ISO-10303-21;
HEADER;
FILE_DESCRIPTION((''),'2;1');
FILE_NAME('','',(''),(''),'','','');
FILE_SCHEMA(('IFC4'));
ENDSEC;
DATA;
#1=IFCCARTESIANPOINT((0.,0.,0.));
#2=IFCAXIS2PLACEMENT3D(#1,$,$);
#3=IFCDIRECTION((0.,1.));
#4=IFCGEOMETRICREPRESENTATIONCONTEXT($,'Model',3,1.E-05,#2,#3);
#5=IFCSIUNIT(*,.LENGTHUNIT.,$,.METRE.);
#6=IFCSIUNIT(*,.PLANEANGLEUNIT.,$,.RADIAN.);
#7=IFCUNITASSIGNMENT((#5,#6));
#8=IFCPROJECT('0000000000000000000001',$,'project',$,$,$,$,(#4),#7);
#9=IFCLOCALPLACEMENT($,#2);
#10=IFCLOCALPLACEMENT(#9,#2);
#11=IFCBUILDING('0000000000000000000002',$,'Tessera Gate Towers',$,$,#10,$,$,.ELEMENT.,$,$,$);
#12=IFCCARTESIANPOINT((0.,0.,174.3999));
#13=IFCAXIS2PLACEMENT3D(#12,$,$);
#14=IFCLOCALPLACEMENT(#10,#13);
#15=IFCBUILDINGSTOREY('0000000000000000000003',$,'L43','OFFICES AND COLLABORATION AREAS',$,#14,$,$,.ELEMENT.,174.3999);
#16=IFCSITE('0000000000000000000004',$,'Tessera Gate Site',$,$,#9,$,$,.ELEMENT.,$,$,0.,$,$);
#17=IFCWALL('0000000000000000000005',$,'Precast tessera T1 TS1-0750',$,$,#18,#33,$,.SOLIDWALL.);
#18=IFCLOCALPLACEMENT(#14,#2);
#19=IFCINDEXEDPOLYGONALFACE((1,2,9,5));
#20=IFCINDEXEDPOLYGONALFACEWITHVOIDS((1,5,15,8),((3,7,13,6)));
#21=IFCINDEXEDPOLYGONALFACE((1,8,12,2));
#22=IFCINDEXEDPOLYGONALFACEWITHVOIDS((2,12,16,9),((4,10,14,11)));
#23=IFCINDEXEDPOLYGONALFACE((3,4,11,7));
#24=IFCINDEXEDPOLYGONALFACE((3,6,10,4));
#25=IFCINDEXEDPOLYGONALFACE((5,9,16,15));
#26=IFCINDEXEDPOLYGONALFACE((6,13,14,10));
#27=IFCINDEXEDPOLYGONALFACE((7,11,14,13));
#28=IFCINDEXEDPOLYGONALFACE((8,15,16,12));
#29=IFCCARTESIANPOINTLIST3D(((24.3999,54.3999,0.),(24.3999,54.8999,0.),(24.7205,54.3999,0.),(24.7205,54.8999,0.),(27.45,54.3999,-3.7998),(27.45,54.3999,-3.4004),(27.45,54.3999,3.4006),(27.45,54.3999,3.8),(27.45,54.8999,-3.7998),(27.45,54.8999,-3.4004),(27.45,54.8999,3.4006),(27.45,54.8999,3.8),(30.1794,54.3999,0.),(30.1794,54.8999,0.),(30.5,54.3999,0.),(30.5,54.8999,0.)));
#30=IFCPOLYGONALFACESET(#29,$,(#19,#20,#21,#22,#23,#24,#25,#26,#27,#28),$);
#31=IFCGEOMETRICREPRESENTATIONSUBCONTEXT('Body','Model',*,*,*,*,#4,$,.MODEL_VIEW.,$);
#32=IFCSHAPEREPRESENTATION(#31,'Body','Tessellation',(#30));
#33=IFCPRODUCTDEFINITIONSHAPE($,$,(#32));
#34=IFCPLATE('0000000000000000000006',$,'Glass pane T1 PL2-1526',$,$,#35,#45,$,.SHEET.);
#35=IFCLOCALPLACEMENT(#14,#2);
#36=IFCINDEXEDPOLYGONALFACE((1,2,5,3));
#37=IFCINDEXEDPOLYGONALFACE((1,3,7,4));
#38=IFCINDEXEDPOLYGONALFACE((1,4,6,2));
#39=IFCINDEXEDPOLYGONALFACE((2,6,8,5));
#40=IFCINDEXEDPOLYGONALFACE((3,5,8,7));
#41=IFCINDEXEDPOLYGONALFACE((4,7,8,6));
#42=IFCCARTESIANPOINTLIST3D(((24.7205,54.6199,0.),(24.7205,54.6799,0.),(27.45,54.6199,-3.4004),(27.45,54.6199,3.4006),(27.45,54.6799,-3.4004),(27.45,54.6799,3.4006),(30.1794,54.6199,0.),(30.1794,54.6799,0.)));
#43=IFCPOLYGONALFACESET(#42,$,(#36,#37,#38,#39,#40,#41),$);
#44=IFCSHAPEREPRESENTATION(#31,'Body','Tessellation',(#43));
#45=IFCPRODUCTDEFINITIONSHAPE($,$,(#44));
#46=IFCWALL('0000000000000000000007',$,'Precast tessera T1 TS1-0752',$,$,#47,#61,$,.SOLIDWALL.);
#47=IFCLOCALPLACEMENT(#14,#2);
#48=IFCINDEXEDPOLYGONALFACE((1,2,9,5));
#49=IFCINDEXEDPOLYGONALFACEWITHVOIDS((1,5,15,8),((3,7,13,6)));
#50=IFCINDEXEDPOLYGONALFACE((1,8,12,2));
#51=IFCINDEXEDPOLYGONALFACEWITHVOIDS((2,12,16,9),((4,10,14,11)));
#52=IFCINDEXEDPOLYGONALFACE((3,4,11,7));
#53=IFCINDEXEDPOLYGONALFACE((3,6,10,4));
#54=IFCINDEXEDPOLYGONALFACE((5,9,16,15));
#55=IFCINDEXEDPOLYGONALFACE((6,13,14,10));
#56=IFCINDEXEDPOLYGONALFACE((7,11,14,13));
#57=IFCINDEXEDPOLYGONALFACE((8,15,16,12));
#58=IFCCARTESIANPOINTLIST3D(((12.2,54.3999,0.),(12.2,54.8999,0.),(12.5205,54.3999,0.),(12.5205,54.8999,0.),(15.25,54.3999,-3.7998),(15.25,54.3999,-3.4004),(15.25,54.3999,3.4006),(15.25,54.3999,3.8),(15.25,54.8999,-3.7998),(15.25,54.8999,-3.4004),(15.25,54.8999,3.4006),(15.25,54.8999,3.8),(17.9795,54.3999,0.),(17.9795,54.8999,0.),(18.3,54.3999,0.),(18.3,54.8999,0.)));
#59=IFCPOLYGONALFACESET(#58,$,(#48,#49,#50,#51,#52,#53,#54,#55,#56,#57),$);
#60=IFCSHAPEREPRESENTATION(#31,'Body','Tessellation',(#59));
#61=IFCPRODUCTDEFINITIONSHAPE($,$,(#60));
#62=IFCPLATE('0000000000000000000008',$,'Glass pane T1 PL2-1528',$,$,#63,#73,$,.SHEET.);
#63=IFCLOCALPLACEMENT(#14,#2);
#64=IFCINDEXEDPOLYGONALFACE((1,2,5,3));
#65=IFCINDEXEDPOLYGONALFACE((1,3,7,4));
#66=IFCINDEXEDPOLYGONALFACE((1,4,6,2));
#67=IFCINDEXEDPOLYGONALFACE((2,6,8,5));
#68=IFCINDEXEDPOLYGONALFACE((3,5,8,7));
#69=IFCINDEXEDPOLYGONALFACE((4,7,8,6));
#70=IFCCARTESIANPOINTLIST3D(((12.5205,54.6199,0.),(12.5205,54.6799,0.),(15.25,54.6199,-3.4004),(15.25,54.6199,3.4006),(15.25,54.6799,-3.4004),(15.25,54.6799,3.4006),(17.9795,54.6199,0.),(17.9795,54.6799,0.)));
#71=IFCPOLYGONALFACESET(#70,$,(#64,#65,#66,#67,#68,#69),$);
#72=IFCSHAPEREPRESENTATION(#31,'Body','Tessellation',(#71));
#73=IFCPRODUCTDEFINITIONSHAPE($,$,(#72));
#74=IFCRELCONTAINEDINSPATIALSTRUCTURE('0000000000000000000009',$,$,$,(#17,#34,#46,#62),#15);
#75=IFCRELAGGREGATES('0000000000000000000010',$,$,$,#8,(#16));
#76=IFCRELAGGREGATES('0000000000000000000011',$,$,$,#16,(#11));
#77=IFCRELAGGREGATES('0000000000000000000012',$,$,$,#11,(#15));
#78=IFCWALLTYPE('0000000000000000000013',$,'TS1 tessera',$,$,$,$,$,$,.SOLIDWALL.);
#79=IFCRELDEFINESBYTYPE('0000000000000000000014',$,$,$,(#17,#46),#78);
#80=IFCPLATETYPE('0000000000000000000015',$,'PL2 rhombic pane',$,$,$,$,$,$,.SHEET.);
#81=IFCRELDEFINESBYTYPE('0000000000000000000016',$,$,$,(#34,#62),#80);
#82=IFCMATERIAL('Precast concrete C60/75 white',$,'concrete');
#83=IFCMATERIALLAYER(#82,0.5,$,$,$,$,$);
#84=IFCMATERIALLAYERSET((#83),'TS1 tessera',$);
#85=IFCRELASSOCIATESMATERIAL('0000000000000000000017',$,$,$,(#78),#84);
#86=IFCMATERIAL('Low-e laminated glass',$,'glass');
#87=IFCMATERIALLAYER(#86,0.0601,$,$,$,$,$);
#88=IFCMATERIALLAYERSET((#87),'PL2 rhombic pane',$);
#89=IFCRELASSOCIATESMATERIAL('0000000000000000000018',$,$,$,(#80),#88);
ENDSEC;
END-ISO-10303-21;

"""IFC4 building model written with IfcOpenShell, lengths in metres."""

from ifc_helpers import new_model, si_unit, direction, frame, origin, place, context, subcontext, project, spatial, polyline, outline, extrude, source, transform, mapped, material, layer, layer_set, type_object, element, fill, save


model = new_model("IFC4")

# Units and contexts
model_context = context("Model", 3, precision=1e-05, world=origin(), true_north=direction((0.0, 1.0)))
body_context = subcontext(model_context, "Body", "Model", "MODEL_VIEW")
ifc_project = project(units=[si_unit("LENGTHUNIT", "METRE"), si_unit("PLANEANGLEUNIT", "RADIAN")], contexts=[model_context])

# Site, building, storey
site_placement = place(None, origin())
site = spatial("IfcSite", under=ifc_project, at=site_placement, Name="Tessera Gate Site", CompositionType="ELEMENT", RefElevation=0.0)
building_placement = place(site_placement, origin())
building = spatial("IfcBuilding", under=site, at=building_placement, Name="Tessera Gate Towers", CompositionType="ELEMENT")
storey_placement = place(building_placement, frame((0.0, 0.0, 174.3999)))
storey = spatial("IfcBuildingStorey", under=building, at=storey_placement, Name="L43", Description="OFFICES AND COLLABORATION AREAS", CompositionType="ELEMENT", Elevation=174.3999)

# Walls, openings, plates
ifc_material_1 = material(Name="Precast concrete C60/75 white", Category="concrete")
ifc_layer_1 = layer(ifc_material_1, 0.5)
ifc_layer_set_1 = layer_set([ifc_layer_1], Name="TS1 tessera")
wall_type_1 = type_object("IfcWallType", Name="TS1 tessera", PredefinedType="SOLIDWALL", material=ifc_layer_set_1)
shared_shape_1 = source(origin(), body_context, "Body", "SweptSolid", [
    extrude(outline(polyline([(3.05, 0.0), (6.1001, 3.7998), (3.05, 7.5999), (0.0, 3.7998), (3.05, 0.0)])), frame((0.0, 0.25, 0.0), z_axis=(0.0, -1.0, 0.0), x_axis=(1.0, 0.0, 0.0)), (0.0, 0.0, 1.0), 0.5),
])
wall_1_placement = place(storey_placement, frame((30.5, 54.6499, -3.7998), z_axis=(0.0, 0.0, 1.0), x_axis=(-1.0, 0.0, 0.0)))
wall_1 = element("IfcWall", 1, at=wall_1_placement, inside=storey, type_object=wall_type_1, Name="Precast tessera T1 TS1-0750", PredefinedType="SOLIDWALL", context=body_context, shape_type="MappedRepresentation", body=[
    mapped(shared_shape_1, transform((0.0, 0.0, 0.0), scale=1.0)),
])
shared_shape_2 = source(origin(), body_context, "Body", "SweptSolid", [
    extrude(outline(polyline([(3.05, 0.3994), (5.7795, 3.7998), (3.05, 7.2004), (0.3206, 3.7998), (3.05, 0.3994)])), frame((0.0, 0.26, 0.0), z_axis=(0.0, -1.0, 0.0), x_axis=(1.0, 0.0, 0.0)), (0.0, 0.0, 1.0), 0.52),
])
opening_1_placement = place(wall_1_placement, origin())
opening_1 = element("IfcOpeningElement", 2, at=opening_1_placement, cuts=wall_1, PredefinedType="OPENING", context=body_context, shape_type="MappedRepresentation", body=[
    mapped(shared_shape_2, transform((0.0, 0.0, 0.0), scale=1.0)),
])
ifc_material_2 = material(Name="Low-e laminated glass", Category="glass")
ifc_layer_2 = layer(ifc_material_2, 0.0601)
ifc_layer_set_2 = layer_set([ifc_layer_2], Name="PL2 rhombic pane")
plate_type = type_object("IfcPlateType", Name="PL2 rhombic pane", PredefinedType="SHEET", material=ifc_layer_set_2)
shared_shape_3 = source(origin(), body_context, "Body", "SweptSolid", [
    extrude(outline(polyline([(3.05, 0.3994), (5.7795, 3.7998), (3.05, 7.2004), (0.3206, 3.7998), (3.05, 0.3994)])), frame((0.0, 0.03, 0.0), z_axis=(0.0, -1.0, 0.0), x_axis=(1.0, 0.0, 0.0)), (0.0, 0.0, 1.0), 0.0601),
])
plate_1_placement = place(opening_1_placement, origin())
plate_1 = element("IfcPlate", 3, at=plate_1_placement, inside=storey, type_object=plate_type, Name="Glass pane T1 PL2-1526", PredefinedType="SHEET", context=body_context, shape_type="MappedRepresentation", body=[
    mapped(shared_shape_3, transform((0.0, 0.0, 0.0), scale=1.0)),
])
fill(opening_1, plate_1)
wall_2_placement = place(storey_placement, frame((18.3, 54.6499, -3.7998), z_axis=(0.0, 0.0, 1.0), x_axis=(-1.0, 0.0, 0.0)))
wall_2 = element("IfcWall", 4, at=wall_2_placement, inside=storey, type_object=wall_type_1, Name="Precast tessera T1 TS1-0752", PredefinedType="SOLIDWALL", context=body_context, shape_type="MappedRepresentation", body=[
    mapped(shared_shape_1, transform((0.0, 0.0, 0.0), scale=1.0)),
])
opening_2_placement = place(wall_2_placement, origin())
opening_2 = element("IfcOpeningElement", 5, at=opening_2_placement, cuts=wall_2, PredefinedType="OPENING", context=body_context, shape_type="MappedRepresentation", body=[
    mapped(shared_shape_2, transform((0.0, 0.0, 0.0), scale=1.0)),
])
plate_2_placement = place(opening_2_placement, origin())
plate_2 = element("IfcPlate", 6, at=plate_2_placement, inside=storey, type_object=plate_type, Name="Glass pane T1 PL2-1528", PredefinedType="SHEET", context=body_context, shape_type="MappedRepresentation", body=[
    mapped(shared_shape_3, transform((0.0, 0.0, 0.0), scale=1.0)),
])
fill(opening_2, plate_2)

save(model, "model.ifc")
